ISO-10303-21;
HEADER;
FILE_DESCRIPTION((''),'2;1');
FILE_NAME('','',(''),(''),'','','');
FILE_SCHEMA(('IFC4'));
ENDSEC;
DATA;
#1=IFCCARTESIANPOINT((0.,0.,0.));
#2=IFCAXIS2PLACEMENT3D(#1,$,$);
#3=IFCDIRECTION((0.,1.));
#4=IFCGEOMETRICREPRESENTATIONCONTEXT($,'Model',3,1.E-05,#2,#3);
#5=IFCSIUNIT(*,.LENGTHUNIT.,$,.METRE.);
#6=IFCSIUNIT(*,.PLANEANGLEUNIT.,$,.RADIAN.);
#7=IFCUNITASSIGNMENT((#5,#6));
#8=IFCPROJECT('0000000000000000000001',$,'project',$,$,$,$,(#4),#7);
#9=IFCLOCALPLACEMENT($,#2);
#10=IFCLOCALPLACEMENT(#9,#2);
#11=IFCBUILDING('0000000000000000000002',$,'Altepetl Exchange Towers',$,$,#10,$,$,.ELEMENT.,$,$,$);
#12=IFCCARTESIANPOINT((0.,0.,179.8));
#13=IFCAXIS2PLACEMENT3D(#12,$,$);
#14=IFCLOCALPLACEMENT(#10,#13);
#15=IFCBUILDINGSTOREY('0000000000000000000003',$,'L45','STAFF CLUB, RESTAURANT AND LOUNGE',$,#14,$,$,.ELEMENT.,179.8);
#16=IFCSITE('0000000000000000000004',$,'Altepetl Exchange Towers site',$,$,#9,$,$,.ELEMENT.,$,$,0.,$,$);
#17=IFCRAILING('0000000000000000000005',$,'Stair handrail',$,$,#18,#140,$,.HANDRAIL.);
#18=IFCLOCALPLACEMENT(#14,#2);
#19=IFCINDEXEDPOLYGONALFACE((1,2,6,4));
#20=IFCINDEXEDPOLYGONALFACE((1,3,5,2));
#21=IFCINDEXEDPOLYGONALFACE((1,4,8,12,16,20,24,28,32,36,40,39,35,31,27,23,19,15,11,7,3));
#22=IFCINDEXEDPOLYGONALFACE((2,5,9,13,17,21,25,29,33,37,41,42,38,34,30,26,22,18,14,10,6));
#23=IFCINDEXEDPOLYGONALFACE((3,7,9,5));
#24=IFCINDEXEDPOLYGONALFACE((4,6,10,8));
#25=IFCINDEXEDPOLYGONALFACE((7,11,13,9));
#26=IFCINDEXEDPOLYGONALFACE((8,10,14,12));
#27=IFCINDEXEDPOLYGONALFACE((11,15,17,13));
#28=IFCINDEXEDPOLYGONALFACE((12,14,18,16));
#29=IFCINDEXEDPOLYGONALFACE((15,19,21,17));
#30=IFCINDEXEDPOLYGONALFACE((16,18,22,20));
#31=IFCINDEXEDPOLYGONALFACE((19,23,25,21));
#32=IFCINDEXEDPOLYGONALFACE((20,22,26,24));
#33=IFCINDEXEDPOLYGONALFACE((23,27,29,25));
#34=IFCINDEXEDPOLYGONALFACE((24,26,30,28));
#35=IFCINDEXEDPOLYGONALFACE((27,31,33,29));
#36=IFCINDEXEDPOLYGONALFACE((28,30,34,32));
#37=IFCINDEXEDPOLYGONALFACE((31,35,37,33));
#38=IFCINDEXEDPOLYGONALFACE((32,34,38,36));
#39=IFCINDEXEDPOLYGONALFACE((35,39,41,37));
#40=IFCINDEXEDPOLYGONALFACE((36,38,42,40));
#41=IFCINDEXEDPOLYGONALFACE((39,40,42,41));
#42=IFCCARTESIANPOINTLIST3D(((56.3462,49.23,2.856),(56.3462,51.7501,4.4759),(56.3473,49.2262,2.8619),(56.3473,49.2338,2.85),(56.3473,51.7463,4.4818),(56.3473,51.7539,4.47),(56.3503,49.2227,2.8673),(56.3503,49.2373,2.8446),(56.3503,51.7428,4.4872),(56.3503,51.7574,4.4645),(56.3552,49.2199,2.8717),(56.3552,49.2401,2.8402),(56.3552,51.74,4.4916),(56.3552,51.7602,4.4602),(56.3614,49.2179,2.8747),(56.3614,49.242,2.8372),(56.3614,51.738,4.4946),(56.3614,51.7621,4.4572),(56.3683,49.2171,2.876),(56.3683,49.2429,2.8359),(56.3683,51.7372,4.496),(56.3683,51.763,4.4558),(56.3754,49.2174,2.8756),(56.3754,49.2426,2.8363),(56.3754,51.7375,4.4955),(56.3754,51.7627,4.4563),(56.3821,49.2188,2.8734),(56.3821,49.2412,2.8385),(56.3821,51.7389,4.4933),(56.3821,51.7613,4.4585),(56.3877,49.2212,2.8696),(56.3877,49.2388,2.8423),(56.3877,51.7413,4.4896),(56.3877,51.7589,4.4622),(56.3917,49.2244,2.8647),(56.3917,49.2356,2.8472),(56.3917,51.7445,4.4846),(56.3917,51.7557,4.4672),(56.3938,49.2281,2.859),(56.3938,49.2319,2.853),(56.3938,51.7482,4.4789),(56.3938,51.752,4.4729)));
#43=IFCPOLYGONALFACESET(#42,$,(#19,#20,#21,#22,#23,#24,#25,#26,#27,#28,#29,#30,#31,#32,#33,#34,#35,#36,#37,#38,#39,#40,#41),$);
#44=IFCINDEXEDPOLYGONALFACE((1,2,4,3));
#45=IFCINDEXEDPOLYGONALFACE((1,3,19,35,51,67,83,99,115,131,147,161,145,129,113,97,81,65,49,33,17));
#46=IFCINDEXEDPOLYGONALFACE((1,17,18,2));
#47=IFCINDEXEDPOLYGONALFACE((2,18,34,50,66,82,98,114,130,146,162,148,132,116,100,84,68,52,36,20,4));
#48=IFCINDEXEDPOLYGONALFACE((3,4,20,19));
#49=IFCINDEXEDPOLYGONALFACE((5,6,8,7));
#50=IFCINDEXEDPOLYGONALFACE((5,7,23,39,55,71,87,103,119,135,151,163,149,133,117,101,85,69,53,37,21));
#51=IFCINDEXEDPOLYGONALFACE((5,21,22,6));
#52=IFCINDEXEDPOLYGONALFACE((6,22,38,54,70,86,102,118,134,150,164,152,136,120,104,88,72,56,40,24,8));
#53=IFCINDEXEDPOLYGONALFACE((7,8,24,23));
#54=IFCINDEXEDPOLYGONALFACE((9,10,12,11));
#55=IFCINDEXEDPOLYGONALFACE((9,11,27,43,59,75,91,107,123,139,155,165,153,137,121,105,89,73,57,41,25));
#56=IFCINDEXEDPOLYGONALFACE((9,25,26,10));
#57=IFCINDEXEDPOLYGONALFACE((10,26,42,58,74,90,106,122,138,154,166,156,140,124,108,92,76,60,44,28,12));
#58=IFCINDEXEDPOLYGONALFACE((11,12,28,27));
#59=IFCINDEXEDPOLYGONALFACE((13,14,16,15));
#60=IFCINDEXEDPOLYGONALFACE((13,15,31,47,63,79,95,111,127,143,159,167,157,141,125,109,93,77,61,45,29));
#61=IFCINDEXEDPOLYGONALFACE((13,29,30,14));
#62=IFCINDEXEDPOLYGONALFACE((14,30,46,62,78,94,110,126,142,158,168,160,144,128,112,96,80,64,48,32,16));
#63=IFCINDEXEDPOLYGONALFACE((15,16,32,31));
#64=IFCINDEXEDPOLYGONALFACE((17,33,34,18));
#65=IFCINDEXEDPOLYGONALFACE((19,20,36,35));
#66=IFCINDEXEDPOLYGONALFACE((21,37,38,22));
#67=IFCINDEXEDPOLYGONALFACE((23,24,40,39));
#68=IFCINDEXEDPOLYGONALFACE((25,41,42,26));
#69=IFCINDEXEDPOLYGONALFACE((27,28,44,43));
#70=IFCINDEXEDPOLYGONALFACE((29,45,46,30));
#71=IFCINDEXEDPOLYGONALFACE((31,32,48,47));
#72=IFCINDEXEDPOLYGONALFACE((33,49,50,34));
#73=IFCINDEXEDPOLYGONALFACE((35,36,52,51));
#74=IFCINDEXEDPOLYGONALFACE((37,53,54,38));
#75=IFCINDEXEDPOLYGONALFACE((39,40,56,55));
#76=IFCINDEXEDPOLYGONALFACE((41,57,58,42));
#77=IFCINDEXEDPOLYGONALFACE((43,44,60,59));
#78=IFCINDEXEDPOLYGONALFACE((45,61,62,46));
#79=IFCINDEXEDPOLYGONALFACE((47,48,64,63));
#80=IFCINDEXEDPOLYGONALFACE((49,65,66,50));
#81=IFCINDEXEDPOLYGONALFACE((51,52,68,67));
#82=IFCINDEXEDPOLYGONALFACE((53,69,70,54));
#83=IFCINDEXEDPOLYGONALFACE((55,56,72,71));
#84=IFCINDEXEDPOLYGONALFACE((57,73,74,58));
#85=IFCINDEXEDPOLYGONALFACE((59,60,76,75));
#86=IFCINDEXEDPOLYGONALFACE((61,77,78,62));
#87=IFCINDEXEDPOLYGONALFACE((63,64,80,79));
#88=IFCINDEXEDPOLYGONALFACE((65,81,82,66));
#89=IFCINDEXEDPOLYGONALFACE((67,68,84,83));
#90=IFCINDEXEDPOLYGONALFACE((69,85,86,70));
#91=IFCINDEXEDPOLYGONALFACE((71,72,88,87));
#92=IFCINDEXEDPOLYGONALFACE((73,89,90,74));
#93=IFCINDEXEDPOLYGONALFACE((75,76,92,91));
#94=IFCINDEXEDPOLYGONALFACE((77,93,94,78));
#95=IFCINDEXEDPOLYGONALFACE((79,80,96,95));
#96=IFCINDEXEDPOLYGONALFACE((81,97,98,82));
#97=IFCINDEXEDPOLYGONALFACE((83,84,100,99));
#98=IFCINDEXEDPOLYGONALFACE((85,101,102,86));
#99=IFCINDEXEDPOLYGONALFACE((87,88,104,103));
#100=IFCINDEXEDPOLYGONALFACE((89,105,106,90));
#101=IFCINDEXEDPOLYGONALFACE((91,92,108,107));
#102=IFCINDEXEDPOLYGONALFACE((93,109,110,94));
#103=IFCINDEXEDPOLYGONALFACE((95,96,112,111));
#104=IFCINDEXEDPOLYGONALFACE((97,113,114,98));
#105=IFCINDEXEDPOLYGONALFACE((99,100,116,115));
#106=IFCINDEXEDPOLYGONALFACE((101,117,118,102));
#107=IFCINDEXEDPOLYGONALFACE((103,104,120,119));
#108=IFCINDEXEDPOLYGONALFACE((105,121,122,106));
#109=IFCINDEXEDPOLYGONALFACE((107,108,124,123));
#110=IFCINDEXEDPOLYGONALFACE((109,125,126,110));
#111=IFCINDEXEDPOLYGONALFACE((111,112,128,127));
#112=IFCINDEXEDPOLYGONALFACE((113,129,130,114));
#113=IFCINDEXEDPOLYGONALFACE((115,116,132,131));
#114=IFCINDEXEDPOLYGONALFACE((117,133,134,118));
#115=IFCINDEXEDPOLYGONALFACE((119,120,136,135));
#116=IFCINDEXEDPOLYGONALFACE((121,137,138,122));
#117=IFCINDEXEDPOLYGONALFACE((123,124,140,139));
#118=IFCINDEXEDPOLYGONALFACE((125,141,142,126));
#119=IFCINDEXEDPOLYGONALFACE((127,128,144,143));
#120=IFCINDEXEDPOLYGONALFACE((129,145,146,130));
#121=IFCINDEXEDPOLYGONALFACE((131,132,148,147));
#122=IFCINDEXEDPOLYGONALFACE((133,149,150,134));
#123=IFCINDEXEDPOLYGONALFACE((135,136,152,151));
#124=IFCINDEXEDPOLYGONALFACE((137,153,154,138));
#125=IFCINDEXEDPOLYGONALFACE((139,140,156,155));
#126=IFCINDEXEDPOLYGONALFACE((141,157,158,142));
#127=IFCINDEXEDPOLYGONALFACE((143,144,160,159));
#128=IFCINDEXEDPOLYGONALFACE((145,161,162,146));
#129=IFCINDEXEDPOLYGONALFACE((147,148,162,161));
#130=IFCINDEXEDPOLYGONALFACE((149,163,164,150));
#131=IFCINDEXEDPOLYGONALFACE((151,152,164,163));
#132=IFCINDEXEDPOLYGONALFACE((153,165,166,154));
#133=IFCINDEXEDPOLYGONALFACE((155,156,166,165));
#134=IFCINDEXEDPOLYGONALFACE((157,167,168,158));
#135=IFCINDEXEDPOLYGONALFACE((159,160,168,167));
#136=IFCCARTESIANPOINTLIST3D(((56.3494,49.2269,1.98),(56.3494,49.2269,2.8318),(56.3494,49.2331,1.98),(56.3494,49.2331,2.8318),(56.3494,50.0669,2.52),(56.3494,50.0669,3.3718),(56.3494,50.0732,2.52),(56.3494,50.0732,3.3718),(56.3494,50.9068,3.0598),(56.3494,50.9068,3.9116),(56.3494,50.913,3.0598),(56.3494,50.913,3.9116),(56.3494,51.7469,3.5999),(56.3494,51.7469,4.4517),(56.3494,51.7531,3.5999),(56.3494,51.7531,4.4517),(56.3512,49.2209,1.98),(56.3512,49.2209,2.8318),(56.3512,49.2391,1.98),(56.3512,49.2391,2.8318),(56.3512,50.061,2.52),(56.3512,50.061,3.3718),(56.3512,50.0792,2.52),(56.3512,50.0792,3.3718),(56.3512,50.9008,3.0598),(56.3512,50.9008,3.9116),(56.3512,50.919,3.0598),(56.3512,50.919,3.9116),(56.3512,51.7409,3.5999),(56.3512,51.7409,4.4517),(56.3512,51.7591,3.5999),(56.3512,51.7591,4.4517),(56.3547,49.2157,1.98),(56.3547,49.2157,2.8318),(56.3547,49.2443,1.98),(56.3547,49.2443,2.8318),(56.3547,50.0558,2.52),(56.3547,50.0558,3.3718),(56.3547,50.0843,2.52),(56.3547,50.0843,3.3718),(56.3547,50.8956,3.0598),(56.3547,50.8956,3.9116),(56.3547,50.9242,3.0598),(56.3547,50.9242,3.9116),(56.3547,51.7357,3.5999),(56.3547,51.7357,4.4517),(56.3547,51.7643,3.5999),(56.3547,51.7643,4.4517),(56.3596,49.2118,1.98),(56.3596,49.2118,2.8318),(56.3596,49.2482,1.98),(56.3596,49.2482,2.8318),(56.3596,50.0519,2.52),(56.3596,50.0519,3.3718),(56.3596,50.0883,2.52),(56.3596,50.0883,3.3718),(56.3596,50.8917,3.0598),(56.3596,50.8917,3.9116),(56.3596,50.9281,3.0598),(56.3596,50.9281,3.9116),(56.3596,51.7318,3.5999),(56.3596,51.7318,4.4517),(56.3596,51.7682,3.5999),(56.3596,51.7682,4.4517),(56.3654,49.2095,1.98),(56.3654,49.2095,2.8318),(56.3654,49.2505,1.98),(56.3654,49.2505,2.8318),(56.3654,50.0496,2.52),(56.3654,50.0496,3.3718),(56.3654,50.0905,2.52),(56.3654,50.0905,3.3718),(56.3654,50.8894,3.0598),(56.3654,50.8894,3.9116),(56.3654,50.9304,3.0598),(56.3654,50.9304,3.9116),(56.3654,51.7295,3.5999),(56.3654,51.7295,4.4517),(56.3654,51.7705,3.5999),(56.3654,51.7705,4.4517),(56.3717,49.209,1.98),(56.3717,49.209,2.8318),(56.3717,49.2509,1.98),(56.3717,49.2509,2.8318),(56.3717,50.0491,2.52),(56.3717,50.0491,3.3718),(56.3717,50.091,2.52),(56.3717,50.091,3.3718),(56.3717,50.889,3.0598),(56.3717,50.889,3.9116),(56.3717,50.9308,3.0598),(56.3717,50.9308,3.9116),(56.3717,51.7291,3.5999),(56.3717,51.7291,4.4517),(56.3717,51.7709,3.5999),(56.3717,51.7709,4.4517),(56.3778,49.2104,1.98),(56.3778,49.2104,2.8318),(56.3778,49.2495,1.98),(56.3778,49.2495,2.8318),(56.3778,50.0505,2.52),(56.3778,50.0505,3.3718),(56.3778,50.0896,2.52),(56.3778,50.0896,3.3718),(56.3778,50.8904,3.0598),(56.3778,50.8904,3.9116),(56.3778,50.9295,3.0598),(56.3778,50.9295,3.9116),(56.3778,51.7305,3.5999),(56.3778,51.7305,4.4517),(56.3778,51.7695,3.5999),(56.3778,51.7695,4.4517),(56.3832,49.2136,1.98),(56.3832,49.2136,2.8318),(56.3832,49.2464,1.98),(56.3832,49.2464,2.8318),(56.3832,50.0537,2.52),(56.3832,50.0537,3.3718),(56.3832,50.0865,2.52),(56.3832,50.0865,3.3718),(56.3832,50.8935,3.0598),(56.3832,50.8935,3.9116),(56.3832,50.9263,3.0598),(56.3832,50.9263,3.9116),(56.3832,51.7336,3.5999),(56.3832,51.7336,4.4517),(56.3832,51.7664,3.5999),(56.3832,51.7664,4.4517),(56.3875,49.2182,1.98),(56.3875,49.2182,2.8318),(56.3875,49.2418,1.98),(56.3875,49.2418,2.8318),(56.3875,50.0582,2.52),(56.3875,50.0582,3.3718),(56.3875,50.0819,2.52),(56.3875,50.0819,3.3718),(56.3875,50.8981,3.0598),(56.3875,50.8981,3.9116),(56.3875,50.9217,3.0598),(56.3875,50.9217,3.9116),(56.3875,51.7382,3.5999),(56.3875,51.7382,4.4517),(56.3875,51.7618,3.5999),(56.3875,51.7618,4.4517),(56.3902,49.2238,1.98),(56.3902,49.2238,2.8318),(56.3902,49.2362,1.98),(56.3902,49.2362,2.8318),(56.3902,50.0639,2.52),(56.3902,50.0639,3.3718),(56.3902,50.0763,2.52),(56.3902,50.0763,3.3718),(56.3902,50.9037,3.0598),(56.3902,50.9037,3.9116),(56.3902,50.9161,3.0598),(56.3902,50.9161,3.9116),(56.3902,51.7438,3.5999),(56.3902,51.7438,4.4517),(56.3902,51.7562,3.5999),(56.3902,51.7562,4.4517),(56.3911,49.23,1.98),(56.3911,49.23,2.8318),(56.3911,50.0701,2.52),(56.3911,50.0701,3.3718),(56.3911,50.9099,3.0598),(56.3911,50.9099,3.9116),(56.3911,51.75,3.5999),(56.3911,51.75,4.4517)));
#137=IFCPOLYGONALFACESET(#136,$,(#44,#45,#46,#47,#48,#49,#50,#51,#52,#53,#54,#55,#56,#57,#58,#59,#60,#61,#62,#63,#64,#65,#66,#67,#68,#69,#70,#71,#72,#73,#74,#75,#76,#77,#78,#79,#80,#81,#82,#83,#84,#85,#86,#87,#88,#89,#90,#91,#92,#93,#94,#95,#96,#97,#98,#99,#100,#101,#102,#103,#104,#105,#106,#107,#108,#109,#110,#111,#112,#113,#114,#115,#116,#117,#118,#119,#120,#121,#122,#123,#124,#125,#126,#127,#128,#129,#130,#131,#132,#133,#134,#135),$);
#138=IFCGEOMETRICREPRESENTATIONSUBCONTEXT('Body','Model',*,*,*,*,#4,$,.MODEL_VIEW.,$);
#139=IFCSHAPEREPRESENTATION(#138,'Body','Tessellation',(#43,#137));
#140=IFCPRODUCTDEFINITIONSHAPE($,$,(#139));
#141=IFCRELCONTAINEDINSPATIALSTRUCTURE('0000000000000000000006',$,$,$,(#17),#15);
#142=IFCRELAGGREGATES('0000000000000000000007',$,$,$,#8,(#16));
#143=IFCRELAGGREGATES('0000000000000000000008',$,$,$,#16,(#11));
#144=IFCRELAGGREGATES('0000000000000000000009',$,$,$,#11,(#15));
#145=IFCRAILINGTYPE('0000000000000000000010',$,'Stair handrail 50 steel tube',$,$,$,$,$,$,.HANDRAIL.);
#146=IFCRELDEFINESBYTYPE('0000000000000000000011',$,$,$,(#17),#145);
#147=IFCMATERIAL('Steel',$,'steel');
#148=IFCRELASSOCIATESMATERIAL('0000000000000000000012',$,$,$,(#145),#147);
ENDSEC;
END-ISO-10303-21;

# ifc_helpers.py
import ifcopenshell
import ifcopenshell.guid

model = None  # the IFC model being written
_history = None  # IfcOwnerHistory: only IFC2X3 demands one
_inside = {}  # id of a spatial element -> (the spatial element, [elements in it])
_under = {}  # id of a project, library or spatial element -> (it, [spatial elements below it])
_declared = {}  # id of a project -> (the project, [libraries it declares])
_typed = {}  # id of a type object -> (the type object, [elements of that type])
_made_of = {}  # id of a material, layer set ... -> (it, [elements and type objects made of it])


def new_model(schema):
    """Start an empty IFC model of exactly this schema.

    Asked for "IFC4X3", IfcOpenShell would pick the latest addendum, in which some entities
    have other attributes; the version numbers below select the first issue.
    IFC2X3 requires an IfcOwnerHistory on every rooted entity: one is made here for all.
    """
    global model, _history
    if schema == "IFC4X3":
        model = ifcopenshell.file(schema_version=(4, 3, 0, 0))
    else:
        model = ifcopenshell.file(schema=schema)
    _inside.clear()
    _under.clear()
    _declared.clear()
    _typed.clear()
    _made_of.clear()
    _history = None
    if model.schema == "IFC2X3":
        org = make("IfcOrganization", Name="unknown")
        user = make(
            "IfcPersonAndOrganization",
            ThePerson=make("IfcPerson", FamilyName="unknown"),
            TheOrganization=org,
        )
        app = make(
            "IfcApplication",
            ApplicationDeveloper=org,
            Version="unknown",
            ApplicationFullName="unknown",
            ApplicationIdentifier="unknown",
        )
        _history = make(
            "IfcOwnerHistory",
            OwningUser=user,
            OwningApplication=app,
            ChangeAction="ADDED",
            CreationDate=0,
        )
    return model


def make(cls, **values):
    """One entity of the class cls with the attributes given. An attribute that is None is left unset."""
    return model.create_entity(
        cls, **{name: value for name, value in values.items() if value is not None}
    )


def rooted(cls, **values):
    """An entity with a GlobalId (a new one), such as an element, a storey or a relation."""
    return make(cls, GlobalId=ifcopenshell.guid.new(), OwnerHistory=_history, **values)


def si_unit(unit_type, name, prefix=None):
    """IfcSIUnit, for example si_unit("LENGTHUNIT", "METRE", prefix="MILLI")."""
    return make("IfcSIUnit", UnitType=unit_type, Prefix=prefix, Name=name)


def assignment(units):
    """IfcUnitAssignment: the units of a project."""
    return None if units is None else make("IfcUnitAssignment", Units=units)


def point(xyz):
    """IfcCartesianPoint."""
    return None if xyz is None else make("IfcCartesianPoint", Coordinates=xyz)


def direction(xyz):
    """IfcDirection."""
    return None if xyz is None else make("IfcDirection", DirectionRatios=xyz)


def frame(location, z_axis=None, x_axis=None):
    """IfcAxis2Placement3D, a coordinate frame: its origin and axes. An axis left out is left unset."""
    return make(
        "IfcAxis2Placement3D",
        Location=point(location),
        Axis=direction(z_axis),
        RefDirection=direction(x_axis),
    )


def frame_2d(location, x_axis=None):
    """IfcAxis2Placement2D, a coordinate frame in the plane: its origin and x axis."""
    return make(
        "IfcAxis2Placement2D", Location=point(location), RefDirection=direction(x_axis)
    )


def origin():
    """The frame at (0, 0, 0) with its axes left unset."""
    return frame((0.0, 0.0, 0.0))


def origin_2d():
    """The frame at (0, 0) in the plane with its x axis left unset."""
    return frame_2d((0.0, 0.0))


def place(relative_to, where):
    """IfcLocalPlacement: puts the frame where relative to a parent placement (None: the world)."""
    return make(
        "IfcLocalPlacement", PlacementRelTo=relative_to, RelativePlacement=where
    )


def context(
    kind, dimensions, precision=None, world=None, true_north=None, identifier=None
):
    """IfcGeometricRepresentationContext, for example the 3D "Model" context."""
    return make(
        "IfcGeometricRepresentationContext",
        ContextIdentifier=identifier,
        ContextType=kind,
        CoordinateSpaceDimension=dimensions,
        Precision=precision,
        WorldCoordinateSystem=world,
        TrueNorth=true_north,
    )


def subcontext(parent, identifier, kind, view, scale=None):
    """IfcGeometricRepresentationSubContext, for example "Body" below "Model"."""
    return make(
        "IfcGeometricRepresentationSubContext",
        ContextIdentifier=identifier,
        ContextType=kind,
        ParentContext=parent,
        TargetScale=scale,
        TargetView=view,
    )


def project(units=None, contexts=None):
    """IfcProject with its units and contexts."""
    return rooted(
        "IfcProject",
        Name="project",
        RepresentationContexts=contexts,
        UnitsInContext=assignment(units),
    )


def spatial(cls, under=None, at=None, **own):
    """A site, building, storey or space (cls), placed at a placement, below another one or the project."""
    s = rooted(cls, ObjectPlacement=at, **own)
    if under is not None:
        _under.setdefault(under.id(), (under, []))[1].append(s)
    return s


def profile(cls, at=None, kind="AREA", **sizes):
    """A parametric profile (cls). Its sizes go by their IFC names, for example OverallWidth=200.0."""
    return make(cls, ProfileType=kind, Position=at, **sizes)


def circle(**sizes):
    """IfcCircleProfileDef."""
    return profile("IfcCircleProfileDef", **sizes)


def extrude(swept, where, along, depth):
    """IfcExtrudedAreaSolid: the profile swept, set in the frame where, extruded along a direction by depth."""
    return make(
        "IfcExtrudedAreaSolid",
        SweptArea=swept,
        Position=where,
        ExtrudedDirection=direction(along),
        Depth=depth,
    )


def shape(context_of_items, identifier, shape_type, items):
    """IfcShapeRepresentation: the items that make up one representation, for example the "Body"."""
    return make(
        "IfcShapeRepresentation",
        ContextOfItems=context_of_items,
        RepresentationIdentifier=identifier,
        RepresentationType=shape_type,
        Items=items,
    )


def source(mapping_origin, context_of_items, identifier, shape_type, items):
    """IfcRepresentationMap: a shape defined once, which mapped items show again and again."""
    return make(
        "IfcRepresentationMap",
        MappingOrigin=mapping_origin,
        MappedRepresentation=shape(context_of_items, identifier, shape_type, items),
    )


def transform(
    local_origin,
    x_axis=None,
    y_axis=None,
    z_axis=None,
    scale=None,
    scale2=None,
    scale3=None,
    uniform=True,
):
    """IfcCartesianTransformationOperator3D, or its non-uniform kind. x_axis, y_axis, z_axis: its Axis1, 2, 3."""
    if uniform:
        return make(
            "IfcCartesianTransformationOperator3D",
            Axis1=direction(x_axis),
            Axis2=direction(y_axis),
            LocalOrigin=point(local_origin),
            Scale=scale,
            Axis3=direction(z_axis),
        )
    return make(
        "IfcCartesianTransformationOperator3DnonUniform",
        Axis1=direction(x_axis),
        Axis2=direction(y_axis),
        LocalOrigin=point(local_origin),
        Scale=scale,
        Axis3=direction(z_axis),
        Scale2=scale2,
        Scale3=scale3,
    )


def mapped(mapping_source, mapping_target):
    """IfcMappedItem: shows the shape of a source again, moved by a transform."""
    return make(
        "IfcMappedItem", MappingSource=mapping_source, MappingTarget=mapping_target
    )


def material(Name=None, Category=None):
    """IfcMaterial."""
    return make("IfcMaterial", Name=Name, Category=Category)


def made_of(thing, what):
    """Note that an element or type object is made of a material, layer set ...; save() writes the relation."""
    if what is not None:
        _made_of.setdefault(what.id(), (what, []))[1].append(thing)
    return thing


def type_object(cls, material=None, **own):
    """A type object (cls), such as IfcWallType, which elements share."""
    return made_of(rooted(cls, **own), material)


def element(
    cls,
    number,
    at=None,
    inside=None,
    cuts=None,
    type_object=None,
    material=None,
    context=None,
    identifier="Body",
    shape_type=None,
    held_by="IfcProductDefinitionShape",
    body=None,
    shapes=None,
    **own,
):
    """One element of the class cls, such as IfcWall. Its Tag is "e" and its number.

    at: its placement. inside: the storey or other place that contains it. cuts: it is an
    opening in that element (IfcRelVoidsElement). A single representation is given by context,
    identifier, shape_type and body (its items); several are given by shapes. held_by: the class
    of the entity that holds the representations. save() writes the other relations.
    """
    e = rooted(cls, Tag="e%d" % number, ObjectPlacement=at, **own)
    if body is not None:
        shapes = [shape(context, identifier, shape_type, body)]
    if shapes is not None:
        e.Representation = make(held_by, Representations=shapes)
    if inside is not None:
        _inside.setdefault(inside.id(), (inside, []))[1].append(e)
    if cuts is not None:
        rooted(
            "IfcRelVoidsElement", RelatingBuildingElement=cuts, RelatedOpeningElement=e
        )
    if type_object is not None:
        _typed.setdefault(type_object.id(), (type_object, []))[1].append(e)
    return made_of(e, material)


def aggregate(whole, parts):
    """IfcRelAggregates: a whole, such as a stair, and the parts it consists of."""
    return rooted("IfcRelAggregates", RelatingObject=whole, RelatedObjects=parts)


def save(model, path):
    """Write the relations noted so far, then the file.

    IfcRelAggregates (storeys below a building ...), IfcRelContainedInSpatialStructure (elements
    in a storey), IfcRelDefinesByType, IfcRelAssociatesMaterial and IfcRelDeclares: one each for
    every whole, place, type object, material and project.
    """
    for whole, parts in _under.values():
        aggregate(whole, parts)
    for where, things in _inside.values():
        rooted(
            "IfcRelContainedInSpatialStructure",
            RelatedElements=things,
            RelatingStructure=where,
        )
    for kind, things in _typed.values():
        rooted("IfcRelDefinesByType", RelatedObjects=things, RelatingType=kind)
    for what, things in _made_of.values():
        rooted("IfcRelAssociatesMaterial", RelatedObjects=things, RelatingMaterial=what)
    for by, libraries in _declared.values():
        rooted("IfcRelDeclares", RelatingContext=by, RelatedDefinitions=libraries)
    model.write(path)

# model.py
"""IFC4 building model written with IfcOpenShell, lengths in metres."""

from ifc_helpers import new_model, si_unit, direction, frame, origin, origin_2d, place, context, subcontext, project, spatial, circle, extrude, source, transform, mapped, material, type_object, element, save


model = new_model("IFC4")

# Units and contexts
model_context = context("Model", 3, precision=1e-05, world=origin(), true_north=direction((0.0, 1.0)))
body_context = subcontext(model_context, "Body", "Model", "MODEL_VIEW")
ifc_project = project(units=[si_unit("LENGTHUNIT", "METRE"), si_unit("PLANEANGLEUNIT", "RADIAN")], contexts=[model_context])

# Site, building, storey
site_placement = place(None, origin())
site = spatial("IfcSite", under=ifc_project, at=site_placement, Name="Altepetl Exchange Towers site", CompositionType="ELEMENT", RefElevation=0.0)
building_placement = place(site_placement, origin())
building = spatial("IfcBuilding", under=site, at=building_placement, Name="Altepetl Exchange Towers", CompositionType="ELEMENT")
storey_placement = place(building_placement, frame((0.0, 0.0, 179.8)))
storey = spatial("IfcBuildingStorey", under=building, at=storey_placement, Name="L45", Description="STAFF CLUB, RESTAURANT AND LOUNGE", CompositionType="ELEMENT", Elevation=179.8)

# Railing
ifc_material_1 = material(Name="Steel", Category="steel")
railing_type = type_object("IfcRailingType", Name="Stair handrail 50 steel tube", PredefinedType="HANDRAIL", material=ifc_material_1)
shared_shape = source(origin(), body_context, "Body", "SweptSolid", [
    extrude(circle(Radius=0.021, at=origin_2d()), origin(), (0.0, 0.0, 1.0), 0.8518),
])
railing_1_placement = place(storey_placement, frame((56.3701, 49.23, 1.98)))
element("IfcRailing", 1, at=railing_1_placement, inside=storey, type_object=railing_type, Name="Stair handrail", PredefinedType="HANDRAIL", context=body_context, shape_type="SweptSolid", body=[
    extrude(circle(Radius=0.0239, at=origin_2d()), frame((0.0, 0.0, 0.876), z_axis=(0.0, 0.8412, 0.540725), x_axis=(-1.0, 0.0, 0.0)), (0.0, 0.0, 1.0), 2.9958),
    mapped(shared_shape, transform((0.0, 0.0, 0.0))),
    mapped(shared_shape, transform((0.0, 0.8401, 0.54))),
    mapped(shared_shape, transform((0.0, 1.6799, 1.0798))),
    mapped(shared_shape, transform((0.0, 2.52, 1.6199))),
])

save(model, "model.ifc")
